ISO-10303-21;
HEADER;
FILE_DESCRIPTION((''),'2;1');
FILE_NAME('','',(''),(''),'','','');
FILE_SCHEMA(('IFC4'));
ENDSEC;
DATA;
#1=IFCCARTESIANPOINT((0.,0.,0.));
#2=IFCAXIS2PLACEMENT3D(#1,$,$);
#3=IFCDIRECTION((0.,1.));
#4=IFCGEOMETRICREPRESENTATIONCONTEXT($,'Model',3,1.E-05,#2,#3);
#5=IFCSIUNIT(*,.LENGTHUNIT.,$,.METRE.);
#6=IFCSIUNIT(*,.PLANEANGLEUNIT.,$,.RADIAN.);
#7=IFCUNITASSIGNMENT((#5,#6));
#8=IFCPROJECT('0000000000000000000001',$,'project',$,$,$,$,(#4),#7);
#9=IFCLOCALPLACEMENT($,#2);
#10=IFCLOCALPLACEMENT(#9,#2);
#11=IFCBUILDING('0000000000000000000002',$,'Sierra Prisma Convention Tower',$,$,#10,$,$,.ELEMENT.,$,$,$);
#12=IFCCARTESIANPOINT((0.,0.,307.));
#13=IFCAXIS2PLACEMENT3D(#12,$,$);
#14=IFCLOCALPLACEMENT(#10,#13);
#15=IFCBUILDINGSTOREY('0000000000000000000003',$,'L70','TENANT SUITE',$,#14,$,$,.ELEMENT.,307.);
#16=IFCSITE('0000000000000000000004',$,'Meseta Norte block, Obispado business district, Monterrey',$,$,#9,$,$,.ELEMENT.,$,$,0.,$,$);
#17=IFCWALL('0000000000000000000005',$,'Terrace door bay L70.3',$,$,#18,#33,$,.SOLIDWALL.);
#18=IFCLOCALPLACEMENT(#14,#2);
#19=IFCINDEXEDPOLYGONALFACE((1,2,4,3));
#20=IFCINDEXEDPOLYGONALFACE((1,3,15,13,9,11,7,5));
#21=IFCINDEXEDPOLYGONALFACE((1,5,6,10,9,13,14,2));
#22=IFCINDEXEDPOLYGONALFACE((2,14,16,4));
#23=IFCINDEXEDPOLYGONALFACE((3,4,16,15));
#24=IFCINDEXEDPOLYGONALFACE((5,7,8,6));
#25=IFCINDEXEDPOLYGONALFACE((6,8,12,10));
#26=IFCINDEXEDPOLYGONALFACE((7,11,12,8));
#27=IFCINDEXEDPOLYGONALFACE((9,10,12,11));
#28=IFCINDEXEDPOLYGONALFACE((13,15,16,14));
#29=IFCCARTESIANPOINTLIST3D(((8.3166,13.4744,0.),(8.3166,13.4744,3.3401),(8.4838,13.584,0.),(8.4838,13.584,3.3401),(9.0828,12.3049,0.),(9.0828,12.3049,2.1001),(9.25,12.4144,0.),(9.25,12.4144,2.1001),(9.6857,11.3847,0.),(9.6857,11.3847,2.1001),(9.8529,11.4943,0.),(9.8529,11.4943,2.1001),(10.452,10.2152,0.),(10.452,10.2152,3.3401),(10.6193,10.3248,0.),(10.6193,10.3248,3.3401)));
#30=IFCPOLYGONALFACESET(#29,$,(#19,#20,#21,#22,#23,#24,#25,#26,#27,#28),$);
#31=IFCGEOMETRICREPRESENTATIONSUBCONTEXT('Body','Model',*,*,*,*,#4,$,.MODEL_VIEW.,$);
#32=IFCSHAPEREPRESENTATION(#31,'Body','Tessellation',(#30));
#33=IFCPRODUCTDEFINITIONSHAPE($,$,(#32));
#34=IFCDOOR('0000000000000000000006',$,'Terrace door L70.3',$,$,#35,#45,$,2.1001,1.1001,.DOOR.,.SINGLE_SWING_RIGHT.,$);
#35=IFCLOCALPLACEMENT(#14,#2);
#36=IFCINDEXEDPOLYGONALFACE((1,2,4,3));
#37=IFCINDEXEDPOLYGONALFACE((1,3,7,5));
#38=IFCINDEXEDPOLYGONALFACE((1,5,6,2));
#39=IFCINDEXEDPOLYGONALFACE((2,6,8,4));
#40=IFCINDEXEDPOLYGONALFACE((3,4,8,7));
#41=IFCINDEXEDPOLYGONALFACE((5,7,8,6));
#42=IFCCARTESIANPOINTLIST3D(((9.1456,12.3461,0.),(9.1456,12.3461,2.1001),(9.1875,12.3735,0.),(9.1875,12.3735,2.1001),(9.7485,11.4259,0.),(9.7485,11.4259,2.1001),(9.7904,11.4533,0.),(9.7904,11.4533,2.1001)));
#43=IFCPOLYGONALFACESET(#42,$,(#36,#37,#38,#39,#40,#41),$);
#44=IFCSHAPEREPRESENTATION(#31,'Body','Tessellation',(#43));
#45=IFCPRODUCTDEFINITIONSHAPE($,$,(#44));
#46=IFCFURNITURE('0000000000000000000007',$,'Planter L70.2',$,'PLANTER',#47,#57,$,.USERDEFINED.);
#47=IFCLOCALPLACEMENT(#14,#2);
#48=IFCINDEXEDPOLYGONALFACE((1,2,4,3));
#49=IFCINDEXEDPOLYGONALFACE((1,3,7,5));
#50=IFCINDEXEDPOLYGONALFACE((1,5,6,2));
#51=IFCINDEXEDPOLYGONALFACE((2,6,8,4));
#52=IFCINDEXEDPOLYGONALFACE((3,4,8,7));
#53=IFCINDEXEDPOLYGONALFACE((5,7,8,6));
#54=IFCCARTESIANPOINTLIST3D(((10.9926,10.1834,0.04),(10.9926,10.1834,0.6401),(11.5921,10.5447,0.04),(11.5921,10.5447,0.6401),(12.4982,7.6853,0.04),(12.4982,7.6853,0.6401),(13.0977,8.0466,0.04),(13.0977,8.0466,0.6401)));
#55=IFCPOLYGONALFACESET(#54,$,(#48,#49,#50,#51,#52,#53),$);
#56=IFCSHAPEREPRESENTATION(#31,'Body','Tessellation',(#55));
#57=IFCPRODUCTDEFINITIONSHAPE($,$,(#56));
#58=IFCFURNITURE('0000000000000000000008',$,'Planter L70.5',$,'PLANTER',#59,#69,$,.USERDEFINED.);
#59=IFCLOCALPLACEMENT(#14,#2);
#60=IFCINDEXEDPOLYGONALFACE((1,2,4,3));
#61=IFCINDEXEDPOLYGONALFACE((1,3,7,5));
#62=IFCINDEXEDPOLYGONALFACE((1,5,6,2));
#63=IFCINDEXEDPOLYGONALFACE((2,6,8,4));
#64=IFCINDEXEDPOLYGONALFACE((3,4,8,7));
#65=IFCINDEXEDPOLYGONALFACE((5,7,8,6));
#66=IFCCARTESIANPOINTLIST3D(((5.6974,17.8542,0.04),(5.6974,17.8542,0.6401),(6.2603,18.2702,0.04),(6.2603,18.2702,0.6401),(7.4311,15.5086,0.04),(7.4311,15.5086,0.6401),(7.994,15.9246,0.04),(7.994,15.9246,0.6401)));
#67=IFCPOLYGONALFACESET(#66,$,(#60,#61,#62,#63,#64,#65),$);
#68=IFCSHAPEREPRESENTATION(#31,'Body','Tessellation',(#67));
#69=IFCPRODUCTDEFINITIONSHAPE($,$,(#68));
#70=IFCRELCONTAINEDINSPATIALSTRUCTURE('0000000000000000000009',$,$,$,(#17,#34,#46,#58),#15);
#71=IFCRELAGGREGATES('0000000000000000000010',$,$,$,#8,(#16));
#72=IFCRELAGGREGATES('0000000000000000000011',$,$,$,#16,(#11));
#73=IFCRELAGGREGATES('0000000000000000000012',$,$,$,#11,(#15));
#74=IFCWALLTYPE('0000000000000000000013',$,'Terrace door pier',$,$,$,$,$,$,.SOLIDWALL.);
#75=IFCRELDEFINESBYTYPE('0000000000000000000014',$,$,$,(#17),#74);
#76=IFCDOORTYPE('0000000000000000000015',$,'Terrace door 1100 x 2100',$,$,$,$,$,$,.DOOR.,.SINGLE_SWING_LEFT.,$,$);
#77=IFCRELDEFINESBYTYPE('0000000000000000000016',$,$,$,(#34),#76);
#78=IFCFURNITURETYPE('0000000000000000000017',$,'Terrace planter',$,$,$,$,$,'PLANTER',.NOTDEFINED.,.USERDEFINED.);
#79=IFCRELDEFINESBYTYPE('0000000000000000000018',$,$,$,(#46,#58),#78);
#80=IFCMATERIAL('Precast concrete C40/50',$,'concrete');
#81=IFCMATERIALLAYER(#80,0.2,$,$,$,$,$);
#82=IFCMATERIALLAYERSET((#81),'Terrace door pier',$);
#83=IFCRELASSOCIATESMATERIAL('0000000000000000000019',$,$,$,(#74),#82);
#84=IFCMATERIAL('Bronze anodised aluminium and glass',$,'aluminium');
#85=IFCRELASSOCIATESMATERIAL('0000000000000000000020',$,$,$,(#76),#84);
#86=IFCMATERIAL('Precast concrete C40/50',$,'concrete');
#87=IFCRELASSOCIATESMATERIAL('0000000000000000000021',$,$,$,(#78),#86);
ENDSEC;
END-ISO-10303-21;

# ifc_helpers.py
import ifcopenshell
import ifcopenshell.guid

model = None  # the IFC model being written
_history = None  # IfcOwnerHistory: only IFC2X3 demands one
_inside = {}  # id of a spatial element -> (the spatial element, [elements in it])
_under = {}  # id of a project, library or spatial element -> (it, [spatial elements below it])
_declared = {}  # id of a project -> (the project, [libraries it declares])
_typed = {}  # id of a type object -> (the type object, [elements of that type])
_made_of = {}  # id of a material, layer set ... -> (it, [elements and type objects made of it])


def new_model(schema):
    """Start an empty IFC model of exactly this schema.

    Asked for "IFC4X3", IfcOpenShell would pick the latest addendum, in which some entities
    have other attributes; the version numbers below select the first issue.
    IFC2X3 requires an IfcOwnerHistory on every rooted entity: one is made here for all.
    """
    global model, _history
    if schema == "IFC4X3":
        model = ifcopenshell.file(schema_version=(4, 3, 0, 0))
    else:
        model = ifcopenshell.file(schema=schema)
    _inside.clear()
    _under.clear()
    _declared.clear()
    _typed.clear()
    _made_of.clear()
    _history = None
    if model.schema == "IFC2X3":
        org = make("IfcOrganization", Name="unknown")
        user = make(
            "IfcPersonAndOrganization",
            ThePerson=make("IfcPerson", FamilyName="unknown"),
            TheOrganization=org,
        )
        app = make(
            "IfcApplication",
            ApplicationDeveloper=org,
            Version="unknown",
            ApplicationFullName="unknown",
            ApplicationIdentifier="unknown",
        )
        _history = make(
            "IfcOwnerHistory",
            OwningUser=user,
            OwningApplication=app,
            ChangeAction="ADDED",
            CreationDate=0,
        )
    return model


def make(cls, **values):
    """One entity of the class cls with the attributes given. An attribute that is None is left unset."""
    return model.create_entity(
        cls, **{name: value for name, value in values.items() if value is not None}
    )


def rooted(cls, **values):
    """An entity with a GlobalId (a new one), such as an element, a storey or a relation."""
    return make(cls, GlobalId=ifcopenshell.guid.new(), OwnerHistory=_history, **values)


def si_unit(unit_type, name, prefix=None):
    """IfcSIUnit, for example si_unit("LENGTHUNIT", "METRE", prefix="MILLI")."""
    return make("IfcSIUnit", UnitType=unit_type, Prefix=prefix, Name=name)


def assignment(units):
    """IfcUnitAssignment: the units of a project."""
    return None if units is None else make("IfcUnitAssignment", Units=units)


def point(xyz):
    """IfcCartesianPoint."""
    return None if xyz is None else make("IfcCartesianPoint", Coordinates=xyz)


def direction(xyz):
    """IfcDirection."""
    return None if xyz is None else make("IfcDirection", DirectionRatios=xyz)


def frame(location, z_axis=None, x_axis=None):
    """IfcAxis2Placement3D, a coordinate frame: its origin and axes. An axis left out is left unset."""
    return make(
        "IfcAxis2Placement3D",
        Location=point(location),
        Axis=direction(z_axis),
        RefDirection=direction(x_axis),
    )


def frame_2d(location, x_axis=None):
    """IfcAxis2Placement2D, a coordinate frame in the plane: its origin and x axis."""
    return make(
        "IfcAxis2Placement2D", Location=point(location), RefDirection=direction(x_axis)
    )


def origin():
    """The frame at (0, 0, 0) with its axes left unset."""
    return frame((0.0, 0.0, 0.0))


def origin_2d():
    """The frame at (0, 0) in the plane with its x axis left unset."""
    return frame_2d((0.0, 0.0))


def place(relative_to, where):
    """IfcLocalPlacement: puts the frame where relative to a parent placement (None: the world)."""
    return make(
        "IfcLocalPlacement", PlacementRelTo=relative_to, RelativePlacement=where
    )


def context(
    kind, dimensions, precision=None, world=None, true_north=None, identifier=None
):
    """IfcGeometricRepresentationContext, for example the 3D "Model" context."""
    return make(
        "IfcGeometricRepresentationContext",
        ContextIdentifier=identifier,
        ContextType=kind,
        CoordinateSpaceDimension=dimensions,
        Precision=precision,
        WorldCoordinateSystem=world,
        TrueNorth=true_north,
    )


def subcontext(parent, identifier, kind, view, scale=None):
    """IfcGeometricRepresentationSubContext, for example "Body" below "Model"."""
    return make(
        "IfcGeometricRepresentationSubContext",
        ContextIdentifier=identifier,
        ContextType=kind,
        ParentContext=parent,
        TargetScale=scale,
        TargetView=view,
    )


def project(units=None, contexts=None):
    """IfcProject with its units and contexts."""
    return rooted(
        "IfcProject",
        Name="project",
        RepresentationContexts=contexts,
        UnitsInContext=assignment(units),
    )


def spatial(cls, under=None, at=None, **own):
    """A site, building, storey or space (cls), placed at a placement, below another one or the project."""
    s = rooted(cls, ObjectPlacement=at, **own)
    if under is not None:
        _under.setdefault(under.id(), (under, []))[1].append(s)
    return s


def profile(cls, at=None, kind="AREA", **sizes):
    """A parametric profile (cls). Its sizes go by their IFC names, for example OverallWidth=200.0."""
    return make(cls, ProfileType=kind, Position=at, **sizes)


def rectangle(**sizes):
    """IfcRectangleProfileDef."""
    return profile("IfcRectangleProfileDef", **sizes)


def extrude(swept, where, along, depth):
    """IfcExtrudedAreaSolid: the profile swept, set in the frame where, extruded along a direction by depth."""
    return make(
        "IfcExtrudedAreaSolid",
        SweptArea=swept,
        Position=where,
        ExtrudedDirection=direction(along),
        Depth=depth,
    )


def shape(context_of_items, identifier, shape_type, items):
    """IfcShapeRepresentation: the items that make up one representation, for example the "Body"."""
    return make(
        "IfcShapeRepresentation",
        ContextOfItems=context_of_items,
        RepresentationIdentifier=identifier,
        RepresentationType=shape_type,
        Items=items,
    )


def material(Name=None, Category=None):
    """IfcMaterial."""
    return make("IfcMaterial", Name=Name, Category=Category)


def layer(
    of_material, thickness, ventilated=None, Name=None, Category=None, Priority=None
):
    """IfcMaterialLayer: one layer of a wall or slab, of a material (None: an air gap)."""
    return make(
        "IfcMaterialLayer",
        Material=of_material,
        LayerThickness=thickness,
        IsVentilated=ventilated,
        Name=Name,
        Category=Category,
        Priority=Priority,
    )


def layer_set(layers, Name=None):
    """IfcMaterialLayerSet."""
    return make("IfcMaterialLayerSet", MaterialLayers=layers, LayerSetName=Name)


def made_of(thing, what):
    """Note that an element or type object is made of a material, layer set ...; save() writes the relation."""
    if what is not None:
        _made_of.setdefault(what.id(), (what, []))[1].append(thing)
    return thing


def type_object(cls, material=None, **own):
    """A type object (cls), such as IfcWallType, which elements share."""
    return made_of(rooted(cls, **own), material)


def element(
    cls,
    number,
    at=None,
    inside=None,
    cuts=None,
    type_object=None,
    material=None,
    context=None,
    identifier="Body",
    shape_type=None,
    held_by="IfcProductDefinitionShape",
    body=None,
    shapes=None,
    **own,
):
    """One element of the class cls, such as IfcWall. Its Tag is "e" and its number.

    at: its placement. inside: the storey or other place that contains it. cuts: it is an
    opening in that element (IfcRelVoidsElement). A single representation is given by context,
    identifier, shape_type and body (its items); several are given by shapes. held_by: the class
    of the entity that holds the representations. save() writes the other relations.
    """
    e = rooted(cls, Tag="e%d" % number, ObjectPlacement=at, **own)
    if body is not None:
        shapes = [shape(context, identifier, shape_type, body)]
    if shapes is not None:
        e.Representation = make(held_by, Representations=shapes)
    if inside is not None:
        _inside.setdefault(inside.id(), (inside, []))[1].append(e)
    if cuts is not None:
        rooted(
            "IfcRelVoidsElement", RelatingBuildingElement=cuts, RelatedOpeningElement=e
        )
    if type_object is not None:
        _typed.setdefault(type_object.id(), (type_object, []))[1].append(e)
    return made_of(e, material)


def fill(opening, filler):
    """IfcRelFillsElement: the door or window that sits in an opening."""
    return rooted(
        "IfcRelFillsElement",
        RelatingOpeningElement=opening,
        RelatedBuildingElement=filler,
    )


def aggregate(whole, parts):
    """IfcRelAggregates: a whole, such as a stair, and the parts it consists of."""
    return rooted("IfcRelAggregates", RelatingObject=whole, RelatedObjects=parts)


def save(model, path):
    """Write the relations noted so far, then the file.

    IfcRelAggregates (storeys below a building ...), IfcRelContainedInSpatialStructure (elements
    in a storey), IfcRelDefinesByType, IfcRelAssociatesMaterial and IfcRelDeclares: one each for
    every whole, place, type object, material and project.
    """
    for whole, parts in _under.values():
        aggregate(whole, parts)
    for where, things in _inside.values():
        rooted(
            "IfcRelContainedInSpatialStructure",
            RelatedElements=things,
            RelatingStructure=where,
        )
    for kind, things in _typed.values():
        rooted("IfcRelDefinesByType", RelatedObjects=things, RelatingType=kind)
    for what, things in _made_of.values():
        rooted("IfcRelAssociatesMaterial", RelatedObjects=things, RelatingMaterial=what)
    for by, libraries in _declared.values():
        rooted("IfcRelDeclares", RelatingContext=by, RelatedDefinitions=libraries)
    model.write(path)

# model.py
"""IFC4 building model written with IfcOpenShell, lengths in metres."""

from ifc_helpers import new_model, si_unit, direction, frame, frame_2d, origin, origin_2d, place, context, subcontext, project, spatial, rectangle, extrude, material, layer, layer_set, type_object, element, fill, save


model = new_model("IFC4")

# Units and contexts
model_context = context("Model", 3, precision=1e-05, world=origin(), true_north=direction((0.0, 1.0)))
body_context = subcontext(model_context, "Body", "Model", "MODEL_VIEW")
ifc_project = project(units=[si_unit("LENGTHUNIT", "METRE"), si_unit("PLANEANGLEUNIT", "RADIAN")], contexts=[model_context])

# Site, building, storey
site_placement = place(None, origin())
site = spatial("IfcSite", under=ifc_project, at=site_placement, Name="Meseta Norte block, Obispado business district, Monterrey", CompositionType="ELEMENT", RefElevation=0.0)
building_placement = place(site_placement, origin())
building = spatial("IfcBuilding", under=site, at=building_placement, Name="Sierra Prisma Convention Tower", CompositionType="ELEMENT")
storey_placement = place(building_placement, frame((0.0, 0.0, 307.0)))
storey = spatial("IfcBuildingStorey", under=building, at=storey_placement, Name="L70", Description="TENANT SUITE", CompositionType="ELEMENT", Elevation=307.0)

# Wall, opening, door
ifc_material_1 = material(Name="Precast concrete C40/50", Category="concrete")
ifc_layer_1 = layer(ifc_material_1, 0.2)
ifc_layer_set_1 = layer_set([ifc_layer_1], Name="Terrace door pier")
wall_type_1 = type_object("IfcWallType", Name="Terrace door pier", PredefinedType="SOLIDWALL", material=ifc_layer_set_1)
wall_1_placement = place(storey_placement, frame((10.5356, 10.27, 0.0), z_axis=(0.0, 0.0, 1.0), x_axis=(-0.548046, 0.836448, 0.0)))
wall_1 = element("IfcWall", 1, at=wall_1_placement, inside=storey, type_object=wall_type_1, Name="Terrace door bay L70.3", PredefinedType="SOLIDWALL", context=body_context, shape_type="SweptSolid", body=[
    extrude(rectangle(XDim=3.8965, YDim=0.2, at=frame_2d((1.9482, 0.0))), origin(), (0.0, 0.0, 1.0), 3.3401),
])
opening_1_placement = place(wall_1_placement, frame((1.3982, 0.0, 0.0)))
opening_1 = element("IfcOpeningElement", 2, at=opening_1_placement, cuts=wall_1, PredefinedType="OPENING", context=body_context, shape_type="SweptSolid", body=[
    extrude(rectangle(XDim=1.1001, YDim=2.1001, at=frame_2d((0.55, 1.05))), frame((0.0, 0.1001, 0.0), z_axis=(0.0, -1.0, 0.0), x_axis=(1.0, 0.0, 0.0)), (0.0, 0.0, 1.0), 0.2),
])
ifc_material_2 = material(Name="Bronze anodised aluminium and glass", Category="aluminium")
door_type_1 = type_object("IfcDoorType", Name="Terrace door 1100 x 2100", OperationType="SINGLE_SWING_LEFT", PredefinedType="DOOR", material=ifc_material_2)
door_1_placement = place(opening_1_placement, origin())
door_1 = element("IfcDoor", 3, at=door_1_placement, inside=storey, type_object=door_type_1, Name="Terrace door L70.3", OperationType="SINGLE_SWING_RIGHT", OverallHeight=2.1001, OverallWidth=1.1001, PredefinedType="DOOR", context=body_context, shape_type="SweptSolid", body=[
    extrude(rectangle(XDim=1.1001, YDim=2.1001, at=frame_2d((0.55, 1.05))), frame((0.0, 0.0249, 0.0), z_axis=(0.0, -1.0, 0.0), x_axis=(1.0, 0.0, 0.0)), (0.0, 0.0, 1.0), 0.05),
])
fill(opening_1, door_1)

# Furniture
ifc_material_3 = material(Name="Precast concrete C40/50", Category="concrete")
furniture_type = type_object("IfcFurnitureType", Name="Terrace planter", ElementType="PLANTER", AssemblyPlace="NOTDEFINED", PredefinedType="USERDEFINED", material=ifc_material_3)
for number, where, z_axis, x_axis, name in (
    (4, (12.0452, 9.115, 0.04), (0.0, 0.0, 1.0), (-0.516206, 0.856464, 0.0), "Planter L70.2"),
    (5, (6.8457, 16.8894, 0.04), (0.0, 0.0, 1.0), (-0.594384, 0.804181, 0.0), "Planter L70.5"),
):
    element("IfcFurniture", number, at=place(storey_placement, frame(where, z_axis=z_axis, x_axis=x_axis)), inside=storey, type_object=furniture_type, Name=name, ObjectType="PLANTER", PredefinedType="USERDEFINED", context=body_context, shape_type="SweptSolid", body=[
        extrude(rectangle(XDim=2.9167, YDim=0.7, at=origin_2d()), origin(), (0.0, 0.0, 1.0), 0.6001),
    ])

save(model, "model.ifc")
